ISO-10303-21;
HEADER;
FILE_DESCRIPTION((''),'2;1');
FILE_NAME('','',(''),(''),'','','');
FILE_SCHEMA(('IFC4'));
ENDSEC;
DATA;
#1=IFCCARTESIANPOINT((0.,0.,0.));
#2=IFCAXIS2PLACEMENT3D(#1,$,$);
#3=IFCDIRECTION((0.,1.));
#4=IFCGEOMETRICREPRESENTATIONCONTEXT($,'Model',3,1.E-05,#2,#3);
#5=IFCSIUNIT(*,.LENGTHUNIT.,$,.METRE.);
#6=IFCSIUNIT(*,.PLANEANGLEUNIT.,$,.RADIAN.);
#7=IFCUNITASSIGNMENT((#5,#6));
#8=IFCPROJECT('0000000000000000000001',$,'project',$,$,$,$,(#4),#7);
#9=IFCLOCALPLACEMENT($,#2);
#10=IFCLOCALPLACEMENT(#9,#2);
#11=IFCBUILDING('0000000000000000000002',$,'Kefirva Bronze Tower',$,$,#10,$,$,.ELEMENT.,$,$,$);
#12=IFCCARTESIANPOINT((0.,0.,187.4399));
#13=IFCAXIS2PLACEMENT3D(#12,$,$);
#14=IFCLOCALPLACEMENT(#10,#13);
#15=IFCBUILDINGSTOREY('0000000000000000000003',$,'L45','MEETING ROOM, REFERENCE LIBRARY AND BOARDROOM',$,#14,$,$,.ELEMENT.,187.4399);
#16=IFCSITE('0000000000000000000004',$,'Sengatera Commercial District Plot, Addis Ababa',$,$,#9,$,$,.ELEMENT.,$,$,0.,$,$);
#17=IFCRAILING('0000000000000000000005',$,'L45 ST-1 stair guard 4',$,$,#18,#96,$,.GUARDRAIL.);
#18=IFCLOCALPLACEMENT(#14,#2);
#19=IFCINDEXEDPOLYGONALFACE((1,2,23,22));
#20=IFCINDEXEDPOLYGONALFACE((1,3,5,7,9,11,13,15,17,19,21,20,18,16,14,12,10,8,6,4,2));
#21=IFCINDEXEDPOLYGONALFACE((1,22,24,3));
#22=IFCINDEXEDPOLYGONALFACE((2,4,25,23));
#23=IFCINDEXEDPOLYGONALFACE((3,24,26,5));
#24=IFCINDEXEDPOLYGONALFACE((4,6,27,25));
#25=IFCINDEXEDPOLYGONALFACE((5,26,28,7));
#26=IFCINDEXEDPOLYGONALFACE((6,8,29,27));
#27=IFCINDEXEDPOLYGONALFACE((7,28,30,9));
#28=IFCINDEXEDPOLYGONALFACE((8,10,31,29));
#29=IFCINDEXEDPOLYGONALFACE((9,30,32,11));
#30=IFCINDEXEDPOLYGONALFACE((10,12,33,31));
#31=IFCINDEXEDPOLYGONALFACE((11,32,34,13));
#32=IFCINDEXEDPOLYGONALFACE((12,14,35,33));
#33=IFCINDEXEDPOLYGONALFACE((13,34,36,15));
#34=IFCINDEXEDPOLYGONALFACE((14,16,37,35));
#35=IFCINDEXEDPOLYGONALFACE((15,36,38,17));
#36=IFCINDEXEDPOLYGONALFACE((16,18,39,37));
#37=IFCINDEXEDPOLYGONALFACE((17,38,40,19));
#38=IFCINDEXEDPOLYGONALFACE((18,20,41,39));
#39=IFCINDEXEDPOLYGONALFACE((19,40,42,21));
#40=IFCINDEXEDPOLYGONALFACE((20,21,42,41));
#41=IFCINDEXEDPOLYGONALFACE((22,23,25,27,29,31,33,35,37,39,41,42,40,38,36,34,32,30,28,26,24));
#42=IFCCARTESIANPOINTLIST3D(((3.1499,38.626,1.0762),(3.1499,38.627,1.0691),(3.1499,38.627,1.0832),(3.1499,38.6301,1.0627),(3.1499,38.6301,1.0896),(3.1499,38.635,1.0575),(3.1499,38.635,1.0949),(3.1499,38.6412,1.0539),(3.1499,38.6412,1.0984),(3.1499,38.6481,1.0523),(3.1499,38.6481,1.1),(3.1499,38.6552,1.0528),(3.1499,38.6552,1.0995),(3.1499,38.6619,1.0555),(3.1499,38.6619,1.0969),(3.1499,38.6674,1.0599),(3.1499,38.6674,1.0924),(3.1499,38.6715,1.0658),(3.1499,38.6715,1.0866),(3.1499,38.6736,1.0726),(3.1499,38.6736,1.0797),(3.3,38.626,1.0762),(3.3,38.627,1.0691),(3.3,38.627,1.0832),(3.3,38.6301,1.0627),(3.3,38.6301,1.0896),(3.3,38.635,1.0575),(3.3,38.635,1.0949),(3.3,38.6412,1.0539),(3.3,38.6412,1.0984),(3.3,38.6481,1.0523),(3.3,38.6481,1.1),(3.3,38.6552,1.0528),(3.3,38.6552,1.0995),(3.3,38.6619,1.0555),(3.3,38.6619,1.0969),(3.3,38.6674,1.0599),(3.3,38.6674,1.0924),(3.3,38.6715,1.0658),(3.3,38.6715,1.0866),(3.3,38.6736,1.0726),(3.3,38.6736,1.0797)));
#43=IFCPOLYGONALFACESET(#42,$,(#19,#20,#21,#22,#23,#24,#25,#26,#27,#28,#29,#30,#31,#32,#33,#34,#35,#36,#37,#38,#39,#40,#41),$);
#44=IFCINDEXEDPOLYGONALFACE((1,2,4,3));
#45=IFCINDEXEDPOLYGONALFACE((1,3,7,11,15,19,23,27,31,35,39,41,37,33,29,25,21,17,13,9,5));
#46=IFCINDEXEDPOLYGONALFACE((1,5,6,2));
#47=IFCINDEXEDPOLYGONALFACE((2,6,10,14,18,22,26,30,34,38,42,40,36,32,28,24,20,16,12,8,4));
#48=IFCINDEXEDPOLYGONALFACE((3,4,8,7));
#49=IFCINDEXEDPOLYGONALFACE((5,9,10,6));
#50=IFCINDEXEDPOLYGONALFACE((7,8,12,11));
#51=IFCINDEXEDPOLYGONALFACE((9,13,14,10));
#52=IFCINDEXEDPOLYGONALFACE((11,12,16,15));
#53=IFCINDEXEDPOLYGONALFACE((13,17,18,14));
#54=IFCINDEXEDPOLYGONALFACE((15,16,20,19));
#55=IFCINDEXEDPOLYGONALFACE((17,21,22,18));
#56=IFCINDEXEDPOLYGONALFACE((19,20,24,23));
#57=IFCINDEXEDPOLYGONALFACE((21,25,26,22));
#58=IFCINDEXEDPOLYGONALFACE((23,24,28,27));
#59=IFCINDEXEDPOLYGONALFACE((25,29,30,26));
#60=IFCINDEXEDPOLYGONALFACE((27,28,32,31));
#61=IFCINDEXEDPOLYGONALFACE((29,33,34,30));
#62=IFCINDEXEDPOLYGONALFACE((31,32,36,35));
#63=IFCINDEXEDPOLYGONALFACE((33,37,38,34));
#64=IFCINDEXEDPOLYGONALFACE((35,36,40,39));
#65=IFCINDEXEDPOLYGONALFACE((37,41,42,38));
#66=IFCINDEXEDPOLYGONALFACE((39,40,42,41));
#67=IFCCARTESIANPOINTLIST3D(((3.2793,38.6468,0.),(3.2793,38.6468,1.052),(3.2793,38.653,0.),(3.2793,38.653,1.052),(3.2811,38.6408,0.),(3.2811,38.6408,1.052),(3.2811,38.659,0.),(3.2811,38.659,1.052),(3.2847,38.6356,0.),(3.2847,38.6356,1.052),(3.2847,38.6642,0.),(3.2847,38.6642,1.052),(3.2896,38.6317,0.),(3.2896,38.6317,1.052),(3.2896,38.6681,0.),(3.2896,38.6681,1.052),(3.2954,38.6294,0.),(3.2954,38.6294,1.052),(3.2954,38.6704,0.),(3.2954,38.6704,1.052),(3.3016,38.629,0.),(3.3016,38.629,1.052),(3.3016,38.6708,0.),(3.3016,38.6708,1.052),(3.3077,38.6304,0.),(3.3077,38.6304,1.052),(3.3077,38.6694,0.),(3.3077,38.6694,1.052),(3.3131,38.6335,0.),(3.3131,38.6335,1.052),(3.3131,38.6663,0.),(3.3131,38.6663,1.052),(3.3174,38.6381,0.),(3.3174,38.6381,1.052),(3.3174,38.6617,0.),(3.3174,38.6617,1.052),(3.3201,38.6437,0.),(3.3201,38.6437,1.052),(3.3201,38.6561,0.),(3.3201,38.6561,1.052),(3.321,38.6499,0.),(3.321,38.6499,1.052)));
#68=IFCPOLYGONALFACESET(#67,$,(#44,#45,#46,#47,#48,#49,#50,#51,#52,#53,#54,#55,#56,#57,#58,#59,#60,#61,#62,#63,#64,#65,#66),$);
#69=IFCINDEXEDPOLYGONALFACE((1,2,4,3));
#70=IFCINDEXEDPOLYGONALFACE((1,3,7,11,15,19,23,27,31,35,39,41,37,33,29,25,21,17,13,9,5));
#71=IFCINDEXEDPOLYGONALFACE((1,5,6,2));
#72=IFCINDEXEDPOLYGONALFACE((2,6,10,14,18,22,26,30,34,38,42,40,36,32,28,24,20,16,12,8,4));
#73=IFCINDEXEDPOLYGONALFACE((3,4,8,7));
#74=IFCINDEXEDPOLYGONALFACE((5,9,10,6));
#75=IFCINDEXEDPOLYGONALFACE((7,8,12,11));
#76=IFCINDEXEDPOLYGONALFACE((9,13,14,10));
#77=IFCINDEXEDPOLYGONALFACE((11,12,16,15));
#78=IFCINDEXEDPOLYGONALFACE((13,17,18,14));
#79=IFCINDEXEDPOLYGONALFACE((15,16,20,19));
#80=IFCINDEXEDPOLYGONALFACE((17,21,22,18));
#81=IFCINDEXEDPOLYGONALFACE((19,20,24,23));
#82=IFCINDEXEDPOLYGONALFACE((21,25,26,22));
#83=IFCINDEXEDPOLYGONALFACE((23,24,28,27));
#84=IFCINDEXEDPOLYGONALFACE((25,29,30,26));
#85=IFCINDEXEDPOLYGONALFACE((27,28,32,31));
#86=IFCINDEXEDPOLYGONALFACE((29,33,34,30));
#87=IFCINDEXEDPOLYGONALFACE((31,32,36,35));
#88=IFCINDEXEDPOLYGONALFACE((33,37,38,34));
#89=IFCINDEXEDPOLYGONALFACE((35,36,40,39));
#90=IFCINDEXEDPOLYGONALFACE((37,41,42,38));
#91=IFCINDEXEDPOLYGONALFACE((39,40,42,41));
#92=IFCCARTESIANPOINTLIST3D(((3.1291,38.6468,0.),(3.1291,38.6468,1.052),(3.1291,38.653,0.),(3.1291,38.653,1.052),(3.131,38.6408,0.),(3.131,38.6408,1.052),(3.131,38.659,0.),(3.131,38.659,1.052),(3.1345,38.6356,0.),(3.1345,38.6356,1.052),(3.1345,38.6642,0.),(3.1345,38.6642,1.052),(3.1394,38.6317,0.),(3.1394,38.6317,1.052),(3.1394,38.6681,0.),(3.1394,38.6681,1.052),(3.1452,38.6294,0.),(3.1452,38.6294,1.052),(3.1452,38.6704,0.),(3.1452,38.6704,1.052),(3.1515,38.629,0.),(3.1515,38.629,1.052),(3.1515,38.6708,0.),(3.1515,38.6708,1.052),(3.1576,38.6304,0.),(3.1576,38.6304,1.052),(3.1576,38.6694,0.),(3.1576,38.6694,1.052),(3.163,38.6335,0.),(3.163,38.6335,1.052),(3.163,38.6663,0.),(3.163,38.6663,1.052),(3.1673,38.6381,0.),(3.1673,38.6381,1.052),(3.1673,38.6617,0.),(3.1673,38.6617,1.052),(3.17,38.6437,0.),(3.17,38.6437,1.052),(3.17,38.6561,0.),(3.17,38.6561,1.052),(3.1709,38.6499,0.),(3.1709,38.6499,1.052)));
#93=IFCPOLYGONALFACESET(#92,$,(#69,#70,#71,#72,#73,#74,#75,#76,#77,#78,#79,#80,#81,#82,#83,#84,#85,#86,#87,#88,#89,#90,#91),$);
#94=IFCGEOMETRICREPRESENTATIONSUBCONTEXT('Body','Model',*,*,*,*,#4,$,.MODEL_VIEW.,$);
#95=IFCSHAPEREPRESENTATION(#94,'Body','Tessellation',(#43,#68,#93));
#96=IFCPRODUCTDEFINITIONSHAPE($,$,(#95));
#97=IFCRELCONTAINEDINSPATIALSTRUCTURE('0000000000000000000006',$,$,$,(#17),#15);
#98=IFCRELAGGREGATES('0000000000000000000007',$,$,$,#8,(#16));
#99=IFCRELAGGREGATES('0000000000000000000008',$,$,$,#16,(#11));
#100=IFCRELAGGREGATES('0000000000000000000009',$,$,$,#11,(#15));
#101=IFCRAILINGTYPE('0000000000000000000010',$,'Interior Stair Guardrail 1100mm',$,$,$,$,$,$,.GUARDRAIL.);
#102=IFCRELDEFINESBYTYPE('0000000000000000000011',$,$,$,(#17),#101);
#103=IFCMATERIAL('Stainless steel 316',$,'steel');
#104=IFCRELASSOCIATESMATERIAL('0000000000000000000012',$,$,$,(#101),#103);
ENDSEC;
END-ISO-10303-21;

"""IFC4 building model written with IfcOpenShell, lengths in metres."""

from ifc_helpers import new_model, si_unit, direction, frame, origin, origin_2d, place, context, subcontext, project, spatial, circle, extrude, material, type_object, element, save


model = new_model("IFC4")

# Units and contexts
model_context = context("Model", 3, precision=1e-05, world=origin(), true_north=direction((0.0, 1.0)))
body_context = subcontext(model_context, "Body", "Model", "MODEL_VIEW")
ifc_project = project(units=[si_unit("LENGTHUNIT", "METRE"), si_unit("PLANEANGLEUNIT", "RADIAN")], contexts=[model_context])

# Site, building, storey
site_placement = place(None, origin())
site = spatial("IfcSite", under=ifc_project, at=site_placement, Name="Sengatera Commercial District Plot, Addis Ababa", CompositionType="ELEMENT", RefElevation=0.0)
building_placement = place(site_placement, origin())
building = spatial("IfcBuilding", under=site, at=building_placement, Name="Kefirva Bronze Tower", CompositionType="ELEMENT")
storey_placement = place(building_placement, frame((0.0, 0.0, 187.4399)))
storey = spatial("IfcBuildingStorey", under=building, at=storey_placement, Name="L45", Description="MEETING ROOM, REFERENCE LIBRARY AND BOARDROOM", CompositionType="ELEMENT", Elevation=187.4399)

# Railing
ifc_material_1 = material(Name="Stainless steel 316", Category="steel")
railing_type_1 = type_object("IfcRailingType", Name="Interior Stair Guardrail 1100mm", PredefinedType="GUARDRAIL", material=ifc_material_1)
railing_1_placement = place(storey_placement, frame((3.3, 38.6499, 0.0)))
element("IfcRailing", 1, at=railing_1_placement, inside=storey, type_object=railing_type_1, Name="L45 ST-1 stair guard 4", PredefinedType="GUARDRAIL", context=body_context, shape_type="SweptSolid", body=[
    extrude(circle(Radius=0.0239, at=origin_2d()), frame((0.0, 0.0, 1.0762), z_axis=(-1.0, 0.0, 0.0), x_axis=(0.0, -1.0, 0.0)), (0.0, 0.0, 1.0), 0.1501),
    extrude(circle(Radius=0.021, at=origin_2d()), origin(), (0.0, 0.0, 1.0), 1.052),
    extrude(circle(Radius=0.021, at=origin_2d()), frame((-0.1501, 0.0, 0.0)), (0.0, 0.0, 1.0), 1.052),
])

save(model, "model.ifc")
